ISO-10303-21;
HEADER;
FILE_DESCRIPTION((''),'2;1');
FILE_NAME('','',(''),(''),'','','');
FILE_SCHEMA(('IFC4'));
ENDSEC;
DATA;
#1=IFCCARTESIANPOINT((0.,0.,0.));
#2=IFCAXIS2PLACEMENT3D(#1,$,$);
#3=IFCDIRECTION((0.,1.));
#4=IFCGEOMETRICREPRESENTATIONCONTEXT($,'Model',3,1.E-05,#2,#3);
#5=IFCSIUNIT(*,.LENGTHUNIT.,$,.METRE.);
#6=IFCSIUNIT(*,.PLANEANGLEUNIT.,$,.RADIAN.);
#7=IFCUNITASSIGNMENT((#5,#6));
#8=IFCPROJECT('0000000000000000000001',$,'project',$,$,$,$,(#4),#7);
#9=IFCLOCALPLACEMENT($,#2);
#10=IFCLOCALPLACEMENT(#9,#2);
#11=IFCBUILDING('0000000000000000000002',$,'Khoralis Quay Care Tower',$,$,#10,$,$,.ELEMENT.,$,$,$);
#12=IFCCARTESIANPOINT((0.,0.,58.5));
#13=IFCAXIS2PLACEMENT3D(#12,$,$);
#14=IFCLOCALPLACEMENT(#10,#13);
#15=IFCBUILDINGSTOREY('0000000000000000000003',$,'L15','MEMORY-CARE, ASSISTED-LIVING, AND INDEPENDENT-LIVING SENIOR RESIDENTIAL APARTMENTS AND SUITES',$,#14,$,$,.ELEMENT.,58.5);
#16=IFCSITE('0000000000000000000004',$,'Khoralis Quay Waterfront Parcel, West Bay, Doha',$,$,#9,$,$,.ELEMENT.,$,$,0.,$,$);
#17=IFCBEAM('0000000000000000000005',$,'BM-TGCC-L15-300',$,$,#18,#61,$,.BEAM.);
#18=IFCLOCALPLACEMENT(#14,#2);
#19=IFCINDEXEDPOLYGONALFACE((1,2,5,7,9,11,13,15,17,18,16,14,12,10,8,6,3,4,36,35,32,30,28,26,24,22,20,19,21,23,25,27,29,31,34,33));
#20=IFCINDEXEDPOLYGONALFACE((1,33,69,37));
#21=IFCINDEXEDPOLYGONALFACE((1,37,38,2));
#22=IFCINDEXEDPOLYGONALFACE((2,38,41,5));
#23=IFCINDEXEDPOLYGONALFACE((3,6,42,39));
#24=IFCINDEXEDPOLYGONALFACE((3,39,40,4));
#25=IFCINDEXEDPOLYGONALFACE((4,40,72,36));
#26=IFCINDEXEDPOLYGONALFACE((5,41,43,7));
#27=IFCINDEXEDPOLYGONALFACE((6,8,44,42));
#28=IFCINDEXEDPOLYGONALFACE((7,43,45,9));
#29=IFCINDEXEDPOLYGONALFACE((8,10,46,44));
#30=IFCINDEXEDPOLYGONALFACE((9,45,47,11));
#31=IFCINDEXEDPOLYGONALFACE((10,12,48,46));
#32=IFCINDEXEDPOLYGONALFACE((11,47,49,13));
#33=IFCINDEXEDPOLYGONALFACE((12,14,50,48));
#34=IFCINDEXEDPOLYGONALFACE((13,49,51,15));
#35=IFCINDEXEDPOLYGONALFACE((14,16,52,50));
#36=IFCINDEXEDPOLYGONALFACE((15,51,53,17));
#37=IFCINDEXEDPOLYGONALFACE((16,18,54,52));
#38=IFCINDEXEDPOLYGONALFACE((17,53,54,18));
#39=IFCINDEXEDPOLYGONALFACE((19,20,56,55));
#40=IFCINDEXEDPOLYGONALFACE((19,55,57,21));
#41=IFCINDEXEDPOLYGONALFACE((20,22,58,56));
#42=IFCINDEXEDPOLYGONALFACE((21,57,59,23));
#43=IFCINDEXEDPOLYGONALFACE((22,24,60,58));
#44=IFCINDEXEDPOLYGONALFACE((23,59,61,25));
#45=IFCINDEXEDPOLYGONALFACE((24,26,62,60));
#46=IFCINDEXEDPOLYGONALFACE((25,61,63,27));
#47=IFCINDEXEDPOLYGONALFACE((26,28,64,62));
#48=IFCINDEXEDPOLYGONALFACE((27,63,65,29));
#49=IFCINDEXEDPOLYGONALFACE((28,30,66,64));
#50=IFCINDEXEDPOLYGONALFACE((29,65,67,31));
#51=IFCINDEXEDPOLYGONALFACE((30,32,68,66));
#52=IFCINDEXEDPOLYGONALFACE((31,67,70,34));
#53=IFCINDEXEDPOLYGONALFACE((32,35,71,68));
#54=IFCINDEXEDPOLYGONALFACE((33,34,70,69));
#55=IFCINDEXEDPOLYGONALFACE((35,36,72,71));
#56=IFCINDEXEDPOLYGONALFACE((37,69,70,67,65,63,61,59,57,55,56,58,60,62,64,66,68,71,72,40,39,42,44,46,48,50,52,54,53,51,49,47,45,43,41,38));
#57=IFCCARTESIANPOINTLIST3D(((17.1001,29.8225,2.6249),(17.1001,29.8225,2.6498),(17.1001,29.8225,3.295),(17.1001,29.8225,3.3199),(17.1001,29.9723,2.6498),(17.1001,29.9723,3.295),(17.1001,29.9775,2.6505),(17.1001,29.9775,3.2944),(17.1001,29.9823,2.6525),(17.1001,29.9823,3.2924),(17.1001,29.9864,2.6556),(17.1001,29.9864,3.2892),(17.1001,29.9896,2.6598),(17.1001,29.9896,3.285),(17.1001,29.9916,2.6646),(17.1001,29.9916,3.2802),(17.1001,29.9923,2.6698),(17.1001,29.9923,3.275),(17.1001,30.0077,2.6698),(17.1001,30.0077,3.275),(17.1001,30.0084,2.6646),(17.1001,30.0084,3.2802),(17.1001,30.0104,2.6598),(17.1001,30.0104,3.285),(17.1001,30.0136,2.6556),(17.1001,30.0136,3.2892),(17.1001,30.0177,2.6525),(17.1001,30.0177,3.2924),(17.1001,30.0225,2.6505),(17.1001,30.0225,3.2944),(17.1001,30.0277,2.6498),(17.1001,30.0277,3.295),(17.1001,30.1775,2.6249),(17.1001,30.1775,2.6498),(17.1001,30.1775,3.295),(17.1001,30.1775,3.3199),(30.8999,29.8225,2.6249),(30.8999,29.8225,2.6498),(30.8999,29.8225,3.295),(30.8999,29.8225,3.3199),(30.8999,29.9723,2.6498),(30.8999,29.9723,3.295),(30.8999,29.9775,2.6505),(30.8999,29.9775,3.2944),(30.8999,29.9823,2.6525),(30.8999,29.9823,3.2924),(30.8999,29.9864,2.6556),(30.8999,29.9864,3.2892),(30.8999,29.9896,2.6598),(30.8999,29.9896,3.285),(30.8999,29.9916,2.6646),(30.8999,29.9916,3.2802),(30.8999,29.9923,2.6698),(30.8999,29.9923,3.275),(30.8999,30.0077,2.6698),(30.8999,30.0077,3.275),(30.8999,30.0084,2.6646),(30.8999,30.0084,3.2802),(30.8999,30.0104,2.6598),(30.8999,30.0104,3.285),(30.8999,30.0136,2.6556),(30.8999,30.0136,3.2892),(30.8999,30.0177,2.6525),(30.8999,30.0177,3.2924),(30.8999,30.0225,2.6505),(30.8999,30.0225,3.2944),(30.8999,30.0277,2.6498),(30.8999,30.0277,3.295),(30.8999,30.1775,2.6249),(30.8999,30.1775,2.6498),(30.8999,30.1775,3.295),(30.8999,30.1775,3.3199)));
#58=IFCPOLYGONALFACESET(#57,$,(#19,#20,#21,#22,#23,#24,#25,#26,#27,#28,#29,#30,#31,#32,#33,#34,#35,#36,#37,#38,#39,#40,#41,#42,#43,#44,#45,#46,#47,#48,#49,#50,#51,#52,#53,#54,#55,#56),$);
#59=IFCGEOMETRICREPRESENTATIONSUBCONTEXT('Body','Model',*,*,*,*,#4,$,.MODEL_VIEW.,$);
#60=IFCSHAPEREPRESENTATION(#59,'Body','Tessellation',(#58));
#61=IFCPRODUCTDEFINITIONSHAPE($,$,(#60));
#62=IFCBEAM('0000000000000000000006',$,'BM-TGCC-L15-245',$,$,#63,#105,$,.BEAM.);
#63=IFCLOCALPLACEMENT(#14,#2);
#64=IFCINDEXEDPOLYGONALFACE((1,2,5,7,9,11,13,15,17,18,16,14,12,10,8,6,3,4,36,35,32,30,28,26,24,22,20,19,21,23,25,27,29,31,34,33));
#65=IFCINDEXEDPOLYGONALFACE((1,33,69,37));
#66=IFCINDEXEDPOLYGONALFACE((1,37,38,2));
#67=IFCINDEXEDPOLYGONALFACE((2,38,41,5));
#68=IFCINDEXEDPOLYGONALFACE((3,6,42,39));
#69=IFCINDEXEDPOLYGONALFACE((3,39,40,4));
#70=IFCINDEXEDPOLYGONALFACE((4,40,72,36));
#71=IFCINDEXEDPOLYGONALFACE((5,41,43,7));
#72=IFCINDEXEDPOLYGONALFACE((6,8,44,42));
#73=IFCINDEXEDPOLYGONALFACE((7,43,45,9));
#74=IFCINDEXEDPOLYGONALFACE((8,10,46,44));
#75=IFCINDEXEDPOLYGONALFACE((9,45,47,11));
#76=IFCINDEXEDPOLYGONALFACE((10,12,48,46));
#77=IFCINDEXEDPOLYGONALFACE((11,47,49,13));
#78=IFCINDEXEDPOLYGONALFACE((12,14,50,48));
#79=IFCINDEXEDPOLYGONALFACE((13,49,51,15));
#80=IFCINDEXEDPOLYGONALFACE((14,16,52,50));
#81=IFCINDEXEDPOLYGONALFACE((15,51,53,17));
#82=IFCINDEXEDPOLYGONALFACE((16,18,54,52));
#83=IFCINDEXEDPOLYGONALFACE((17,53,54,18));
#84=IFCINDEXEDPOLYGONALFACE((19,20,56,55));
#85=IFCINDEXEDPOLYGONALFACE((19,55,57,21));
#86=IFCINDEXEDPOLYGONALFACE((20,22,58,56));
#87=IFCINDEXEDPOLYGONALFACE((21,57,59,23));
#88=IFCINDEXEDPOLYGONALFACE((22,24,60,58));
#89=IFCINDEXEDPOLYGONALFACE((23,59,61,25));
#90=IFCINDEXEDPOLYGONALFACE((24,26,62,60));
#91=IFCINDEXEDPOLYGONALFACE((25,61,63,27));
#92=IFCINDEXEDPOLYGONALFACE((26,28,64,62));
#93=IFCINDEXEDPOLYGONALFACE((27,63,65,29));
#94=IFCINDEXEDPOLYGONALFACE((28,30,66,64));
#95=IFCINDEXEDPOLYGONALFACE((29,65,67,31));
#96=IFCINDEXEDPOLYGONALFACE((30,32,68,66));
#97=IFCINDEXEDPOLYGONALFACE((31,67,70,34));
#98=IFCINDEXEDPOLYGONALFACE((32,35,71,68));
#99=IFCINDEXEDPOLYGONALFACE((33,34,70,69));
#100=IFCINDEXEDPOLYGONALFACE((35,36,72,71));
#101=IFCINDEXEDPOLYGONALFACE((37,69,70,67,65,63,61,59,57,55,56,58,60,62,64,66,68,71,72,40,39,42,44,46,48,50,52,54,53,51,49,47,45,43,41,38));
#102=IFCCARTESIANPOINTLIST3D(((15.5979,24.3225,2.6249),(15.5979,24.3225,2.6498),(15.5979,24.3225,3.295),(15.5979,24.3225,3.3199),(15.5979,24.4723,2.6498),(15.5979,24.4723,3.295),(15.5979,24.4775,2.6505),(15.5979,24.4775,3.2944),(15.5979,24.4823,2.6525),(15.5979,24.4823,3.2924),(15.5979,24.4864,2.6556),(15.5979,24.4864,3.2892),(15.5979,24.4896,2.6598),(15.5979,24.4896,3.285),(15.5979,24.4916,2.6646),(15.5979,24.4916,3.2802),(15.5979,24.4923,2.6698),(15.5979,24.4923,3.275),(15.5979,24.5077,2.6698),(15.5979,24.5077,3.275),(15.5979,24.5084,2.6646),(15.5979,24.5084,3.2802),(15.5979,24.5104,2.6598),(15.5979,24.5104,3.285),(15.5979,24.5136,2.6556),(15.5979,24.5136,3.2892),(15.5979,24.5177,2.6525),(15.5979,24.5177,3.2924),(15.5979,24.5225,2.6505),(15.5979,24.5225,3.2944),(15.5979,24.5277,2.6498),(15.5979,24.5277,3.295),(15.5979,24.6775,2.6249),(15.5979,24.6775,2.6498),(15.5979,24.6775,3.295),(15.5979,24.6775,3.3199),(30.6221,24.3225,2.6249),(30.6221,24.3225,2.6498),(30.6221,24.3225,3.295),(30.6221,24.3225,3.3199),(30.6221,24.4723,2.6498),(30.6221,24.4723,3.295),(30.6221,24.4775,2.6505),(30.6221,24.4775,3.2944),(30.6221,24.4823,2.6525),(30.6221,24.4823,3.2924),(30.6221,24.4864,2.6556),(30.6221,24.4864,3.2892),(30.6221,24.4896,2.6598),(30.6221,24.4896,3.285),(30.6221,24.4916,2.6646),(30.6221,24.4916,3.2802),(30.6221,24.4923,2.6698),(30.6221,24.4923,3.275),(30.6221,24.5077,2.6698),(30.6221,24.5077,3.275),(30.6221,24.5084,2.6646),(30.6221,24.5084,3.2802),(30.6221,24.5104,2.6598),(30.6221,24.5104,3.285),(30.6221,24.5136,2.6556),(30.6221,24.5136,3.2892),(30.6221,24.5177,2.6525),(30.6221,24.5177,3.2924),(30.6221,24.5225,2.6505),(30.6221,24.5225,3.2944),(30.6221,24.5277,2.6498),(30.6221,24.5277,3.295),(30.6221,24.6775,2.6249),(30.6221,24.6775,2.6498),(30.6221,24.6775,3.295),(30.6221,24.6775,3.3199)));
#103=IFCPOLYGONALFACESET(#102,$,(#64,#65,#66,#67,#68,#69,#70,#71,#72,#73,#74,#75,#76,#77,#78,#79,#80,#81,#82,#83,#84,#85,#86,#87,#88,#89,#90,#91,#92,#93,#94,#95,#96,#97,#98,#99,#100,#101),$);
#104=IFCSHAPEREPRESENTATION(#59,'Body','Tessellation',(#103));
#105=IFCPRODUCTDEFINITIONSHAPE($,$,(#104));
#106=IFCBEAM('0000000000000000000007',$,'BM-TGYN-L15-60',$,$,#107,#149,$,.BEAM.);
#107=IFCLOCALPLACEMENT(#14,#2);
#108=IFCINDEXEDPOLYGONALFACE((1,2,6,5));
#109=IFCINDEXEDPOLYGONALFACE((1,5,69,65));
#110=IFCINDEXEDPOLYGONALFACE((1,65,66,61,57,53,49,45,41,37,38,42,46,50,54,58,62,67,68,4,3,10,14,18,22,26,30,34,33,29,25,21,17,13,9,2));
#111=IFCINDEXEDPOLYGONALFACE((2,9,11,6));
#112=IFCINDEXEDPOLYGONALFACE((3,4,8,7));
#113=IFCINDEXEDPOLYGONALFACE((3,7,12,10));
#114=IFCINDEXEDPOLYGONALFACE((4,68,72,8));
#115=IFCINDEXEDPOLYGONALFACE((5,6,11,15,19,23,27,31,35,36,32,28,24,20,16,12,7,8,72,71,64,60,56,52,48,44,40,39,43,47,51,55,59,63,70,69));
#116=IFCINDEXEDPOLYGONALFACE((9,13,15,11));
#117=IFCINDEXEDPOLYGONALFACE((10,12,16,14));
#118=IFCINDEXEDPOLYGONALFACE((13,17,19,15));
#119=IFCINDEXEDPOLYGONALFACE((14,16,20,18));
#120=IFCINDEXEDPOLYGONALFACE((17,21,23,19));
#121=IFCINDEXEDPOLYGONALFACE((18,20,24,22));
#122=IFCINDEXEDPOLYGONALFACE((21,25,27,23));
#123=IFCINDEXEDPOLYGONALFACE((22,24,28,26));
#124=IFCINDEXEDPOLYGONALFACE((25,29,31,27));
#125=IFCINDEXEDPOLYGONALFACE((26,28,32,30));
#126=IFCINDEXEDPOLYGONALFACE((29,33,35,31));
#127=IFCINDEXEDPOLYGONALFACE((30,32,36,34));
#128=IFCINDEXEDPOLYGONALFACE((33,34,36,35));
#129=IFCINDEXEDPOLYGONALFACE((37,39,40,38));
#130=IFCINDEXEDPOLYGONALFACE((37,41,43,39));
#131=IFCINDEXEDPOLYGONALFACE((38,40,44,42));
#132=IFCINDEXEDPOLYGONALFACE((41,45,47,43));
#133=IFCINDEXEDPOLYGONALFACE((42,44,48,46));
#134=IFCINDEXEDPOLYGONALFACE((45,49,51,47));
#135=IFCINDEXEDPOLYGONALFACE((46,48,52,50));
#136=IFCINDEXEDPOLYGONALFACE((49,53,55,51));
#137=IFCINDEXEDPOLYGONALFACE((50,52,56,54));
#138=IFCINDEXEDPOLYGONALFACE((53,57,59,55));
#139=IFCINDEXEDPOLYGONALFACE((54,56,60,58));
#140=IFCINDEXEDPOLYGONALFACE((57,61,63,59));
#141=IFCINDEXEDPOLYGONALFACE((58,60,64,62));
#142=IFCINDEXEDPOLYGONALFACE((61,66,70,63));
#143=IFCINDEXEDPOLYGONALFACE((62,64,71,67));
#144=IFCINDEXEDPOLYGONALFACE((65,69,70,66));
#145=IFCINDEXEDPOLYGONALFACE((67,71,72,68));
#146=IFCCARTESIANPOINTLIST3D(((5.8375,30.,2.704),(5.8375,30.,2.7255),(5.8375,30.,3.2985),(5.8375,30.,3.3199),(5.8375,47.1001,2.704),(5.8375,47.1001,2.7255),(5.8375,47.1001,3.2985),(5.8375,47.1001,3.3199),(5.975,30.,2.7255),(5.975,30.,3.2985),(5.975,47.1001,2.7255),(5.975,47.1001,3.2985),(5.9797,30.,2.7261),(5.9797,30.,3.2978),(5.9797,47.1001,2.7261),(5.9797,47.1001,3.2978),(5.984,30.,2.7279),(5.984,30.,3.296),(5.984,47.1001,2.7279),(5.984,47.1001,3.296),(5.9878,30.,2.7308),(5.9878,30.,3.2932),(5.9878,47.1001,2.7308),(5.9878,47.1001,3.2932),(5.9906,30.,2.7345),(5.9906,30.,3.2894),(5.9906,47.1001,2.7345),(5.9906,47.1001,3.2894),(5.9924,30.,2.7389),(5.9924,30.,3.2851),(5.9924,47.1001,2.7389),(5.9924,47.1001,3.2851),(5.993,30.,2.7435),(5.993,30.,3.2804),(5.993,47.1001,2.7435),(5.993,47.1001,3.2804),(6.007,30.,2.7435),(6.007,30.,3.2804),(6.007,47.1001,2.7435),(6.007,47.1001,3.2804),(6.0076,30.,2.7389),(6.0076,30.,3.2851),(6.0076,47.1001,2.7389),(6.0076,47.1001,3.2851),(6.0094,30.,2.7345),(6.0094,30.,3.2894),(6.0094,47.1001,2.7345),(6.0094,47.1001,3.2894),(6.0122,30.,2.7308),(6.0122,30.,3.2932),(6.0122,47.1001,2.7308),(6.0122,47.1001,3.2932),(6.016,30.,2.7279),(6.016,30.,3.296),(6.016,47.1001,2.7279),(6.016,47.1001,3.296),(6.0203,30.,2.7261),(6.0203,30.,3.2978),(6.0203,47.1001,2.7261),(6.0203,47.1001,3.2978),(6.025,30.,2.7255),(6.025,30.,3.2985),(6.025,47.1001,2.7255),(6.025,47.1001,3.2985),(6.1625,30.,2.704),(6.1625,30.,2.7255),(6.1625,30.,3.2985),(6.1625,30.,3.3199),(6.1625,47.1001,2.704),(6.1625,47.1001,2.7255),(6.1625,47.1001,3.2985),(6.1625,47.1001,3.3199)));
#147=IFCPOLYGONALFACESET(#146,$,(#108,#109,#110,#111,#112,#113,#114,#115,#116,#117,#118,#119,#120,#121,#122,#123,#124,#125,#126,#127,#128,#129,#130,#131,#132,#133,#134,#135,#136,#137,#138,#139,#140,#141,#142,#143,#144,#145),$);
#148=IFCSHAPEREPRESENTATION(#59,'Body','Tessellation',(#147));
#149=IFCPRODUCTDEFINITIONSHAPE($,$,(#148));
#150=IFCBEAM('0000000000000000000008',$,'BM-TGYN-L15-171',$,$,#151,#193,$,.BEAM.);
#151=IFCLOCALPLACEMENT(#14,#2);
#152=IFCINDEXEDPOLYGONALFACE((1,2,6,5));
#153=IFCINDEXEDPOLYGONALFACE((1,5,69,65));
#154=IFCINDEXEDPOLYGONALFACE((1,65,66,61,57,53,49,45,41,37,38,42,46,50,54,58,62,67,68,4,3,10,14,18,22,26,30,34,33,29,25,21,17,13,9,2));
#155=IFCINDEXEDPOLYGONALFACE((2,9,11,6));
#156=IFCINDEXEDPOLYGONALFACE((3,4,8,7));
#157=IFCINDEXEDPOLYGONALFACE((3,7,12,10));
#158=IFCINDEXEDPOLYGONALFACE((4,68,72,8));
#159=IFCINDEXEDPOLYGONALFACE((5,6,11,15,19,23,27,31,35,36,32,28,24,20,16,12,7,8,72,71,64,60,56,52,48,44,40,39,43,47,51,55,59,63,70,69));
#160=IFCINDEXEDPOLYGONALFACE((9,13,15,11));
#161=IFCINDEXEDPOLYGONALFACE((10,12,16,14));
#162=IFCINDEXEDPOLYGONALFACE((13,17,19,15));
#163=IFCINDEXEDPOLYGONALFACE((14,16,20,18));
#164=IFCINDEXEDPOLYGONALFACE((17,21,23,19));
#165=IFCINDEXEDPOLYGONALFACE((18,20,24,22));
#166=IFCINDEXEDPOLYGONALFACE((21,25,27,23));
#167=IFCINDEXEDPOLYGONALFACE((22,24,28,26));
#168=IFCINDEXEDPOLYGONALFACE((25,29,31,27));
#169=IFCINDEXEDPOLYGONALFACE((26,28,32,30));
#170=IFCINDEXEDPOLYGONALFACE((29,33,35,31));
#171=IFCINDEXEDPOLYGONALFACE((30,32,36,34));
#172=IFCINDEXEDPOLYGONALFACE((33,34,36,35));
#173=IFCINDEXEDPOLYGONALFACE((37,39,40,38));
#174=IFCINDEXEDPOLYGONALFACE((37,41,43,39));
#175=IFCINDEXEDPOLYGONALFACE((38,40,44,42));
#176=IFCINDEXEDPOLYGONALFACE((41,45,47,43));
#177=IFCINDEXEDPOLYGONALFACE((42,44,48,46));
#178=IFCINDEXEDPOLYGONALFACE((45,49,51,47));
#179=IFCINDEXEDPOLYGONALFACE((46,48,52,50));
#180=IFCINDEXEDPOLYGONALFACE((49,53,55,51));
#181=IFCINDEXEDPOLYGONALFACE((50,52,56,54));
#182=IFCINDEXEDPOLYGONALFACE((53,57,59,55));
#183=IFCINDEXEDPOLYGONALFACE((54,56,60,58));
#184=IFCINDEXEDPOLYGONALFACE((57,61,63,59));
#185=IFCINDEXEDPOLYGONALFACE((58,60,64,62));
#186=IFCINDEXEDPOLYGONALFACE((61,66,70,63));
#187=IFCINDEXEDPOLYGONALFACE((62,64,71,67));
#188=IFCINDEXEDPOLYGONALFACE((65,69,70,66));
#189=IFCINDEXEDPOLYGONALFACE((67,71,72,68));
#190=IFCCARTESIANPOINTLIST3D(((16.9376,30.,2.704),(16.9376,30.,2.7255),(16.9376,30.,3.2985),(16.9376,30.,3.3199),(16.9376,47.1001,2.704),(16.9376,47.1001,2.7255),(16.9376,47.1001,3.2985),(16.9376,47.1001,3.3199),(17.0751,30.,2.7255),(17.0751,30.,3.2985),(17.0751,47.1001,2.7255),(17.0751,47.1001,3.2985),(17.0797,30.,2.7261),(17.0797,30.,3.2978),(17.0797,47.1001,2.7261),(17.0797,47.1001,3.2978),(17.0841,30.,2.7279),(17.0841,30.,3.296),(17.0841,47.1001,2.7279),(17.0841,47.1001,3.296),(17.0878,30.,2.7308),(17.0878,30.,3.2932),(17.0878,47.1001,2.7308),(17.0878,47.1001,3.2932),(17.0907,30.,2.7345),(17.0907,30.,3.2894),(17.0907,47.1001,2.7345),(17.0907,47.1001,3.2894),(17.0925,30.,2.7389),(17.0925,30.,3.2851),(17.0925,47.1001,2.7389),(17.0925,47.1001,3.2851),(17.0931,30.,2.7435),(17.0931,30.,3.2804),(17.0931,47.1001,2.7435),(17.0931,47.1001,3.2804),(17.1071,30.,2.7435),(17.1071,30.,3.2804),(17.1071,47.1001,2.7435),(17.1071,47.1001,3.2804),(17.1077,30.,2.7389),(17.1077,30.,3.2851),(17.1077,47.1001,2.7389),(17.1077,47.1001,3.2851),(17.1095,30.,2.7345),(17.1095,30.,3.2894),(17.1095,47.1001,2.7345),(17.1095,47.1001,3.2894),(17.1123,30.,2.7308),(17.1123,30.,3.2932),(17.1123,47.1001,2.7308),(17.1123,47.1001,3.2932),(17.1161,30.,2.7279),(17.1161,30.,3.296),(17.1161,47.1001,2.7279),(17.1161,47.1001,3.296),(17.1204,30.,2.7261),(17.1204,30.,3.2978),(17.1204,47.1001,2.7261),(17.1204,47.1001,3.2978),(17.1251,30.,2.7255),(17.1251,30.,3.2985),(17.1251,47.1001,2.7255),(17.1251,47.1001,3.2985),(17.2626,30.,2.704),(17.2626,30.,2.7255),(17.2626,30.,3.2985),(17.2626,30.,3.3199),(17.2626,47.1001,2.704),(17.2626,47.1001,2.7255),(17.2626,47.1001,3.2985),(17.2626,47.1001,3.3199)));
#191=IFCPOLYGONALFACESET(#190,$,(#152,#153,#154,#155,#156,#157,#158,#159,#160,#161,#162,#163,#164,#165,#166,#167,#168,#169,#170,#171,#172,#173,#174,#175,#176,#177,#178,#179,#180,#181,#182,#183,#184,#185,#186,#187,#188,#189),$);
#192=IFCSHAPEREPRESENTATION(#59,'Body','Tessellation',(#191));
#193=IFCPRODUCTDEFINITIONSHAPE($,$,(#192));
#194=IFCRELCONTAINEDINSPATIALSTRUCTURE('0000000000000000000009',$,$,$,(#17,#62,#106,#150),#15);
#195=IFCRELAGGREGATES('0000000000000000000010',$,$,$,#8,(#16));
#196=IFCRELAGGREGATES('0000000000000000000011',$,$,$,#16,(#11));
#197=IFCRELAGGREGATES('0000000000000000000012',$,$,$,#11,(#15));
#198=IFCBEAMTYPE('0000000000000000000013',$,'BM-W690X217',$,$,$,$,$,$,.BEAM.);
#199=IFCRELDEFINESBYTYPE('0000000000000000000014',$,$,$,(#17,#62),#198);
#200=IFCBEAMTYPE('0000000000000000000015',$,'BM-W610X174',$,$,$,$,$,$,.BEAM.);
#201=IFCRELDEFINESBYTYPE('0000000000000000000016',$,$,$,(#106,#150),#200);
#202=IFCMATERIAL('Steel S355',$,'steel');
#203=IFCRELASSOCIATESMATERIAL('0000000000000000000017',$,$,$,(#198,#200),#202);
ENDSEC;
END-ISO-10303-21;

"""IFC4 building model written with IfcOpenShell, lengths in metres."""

from ifc_helpers import new_model, si_unit, direction, frame, origin, origin_2d, place, context, subcontext, project, spatial, i_section, extrude, source, transform, mapped, material, material_profile, profile_set, type_object, element, save


model = new_model("IFC4")

# Units and contexts
model_context = context("Model", 3, precision=1e-05, world=origin(), true_north=direction((0.0, 1.0)))
body_context = subcontext(model_context, "Body", "Model", "MODEL_VIEW")
ifc_project = project(units=[si_unit("LENGTHUNIT", "METRE"), si_unit("PLANEANGLEUNIT", "RADIAN")], contexts=[model_context])

# Site, building, storey
site_placement = place(None, origin())
site = spatial("IfcSite", under=ifc_project, at=site_placement, Name="Khoralis Quay Waterfront Parcel, West Bay, Doha", CompositionType="ELEMENT", RefElevation=0.0)
building_placement = place(site_placement, origin())
building = spatial("IfcBuilding", under=site, at=building_placement, Name="Khoralis Quay Care Tower", CompositionType="ELEMENT")
storey_placement = place(building_placement, frame((0.0, 0.0, 58.5)))
storey = spatial("IfcBuildingStorey", under=building, at=storey_placement, Name="L15", Description="MEMORY-CARE, ASSISTED-LIVING, AND INDEPENDENT-LIVING SENIOR RESIDENTIAL APARTMENTS AND SUITES", CompositionType="ELEMENT", Elevation=58.5)

# Beams
ifc_material_1 = material(Name="Steel S355", Category="steel")
ifc_material_profile_1 = material_profile(ifc_material_1, i_section(OverallWidth=0.355, OverallDepth=0.6951, WebThickness=0.0154, FlangeThickness=0.0249, FilletRadius=0.02, at=origin_2d()), Name="Steel S355")
ifc_profile_set_1 = profile_set([ifc_material_profile_1], Name="Steel S355")
beam_type_1 = type_object("IfcBeamType", Name="BM-W690X217", PredefinedType="BEAM", material=ifc_profile_set_1)
shared_shape_1 = source(origin(), body_context, "Body", "SweptSolid", [
    extrude(i_section(OverallWidth=0.355, OverallDepth=0.6951, WebThickness=0.0154, FlangeThickness=0.0249, FilletRadius=0.02, at=origin_2d()), origin(), (0.0, 0.0, 1.0), 13.7998),
])
beam_1_placement = place(storey_placement, frame((17.1001, 30.0, 2.9724), z_axis=(1.0, 0.0, 0.0), x_axis=(0.0, 1.0, 0.0)))
element("IfcBeam", 1, at=beam_1_placement, inside=storey, type_object=beam_type_1, Name="BM-TGCC-L15-300", PredefinedType="BEAM", context=body_context, shape_type="MappedRepresentation", body=[
    mapped(shared_shape_1, transform((0.0, 0.0, 0.0), scale=1.0)),
])
shared_shape_2 = source(origin(), body_context, "Body", "SweptSolid", [
    extrude(i_section(OverallWidth=0.355, OverallDepth=0.6951, WebThickness=0.0154, FlangeThickness=0.0249, FilletRadius=0.02, at=origin_2d()), origin(), (0.0, 0.0, 1.0), 15.0242),
])
beam_2_placement = place(storey_placement, frame((15.5979, 24.5, 2.9724), z_axis=(1.0, 0.0, 0.0), x_axis=(0.0, 1.0, 0.0)))
element("IfcBeam", 2, at=beam_2_placement, inside=storey, type_object=beam_type_1, Name="BM-TGCC-L15-245", PredefinedType="BEAM", context=body_context, shape_type="MappedRepresentation", body=[
    mapped(shared_shape_2, transform((0.0, 0.0, 0.0), scale=1.0)),
])
ifc_material_profile_2 = material_profile(ifc_material_1, i_section(OverallWidth=0.325, OverallDepth=0.616, WebThickness=0.0139, FlangeThickness=0.0215, FilletRadius=0.0181, at=origin_2d()), Name="Steel S355")
ifc_profile_set_2 = profile_set([ifc_material_profile_2], Name="Steel S355")
beam_type_2 = type_object("IfcBeamType", Name="BM-W610X174", PredefinedType="BEAM", material=ifc_profile_set_2)
shared_shape_3 = source(origin(), body_context, "Body", "SweptSolid", [
    extrude(i_section(OverallWidth=0.325, OverallDepth=0.616, WebThickness=0.0139, FlangeThickness=0.0215, FilletRadius=0.0181, at=origin_2d()), origin(), (0.0, 0.0, 1.0), 17.1001),
])
for number, where, z_axis, x_axis, name in (
    (3, (6.0, 30.0, 3.012), (0.0, 1.0, 0.0), (-1.0, 0.0, 0.0), "BM-TGYN-L15-60"),
    (4, (17.1001, 30.0, 3.012), (0.0, 1.0, 0.0), (-1.0, 0.0, 0.0), "BM-TGYN-L15-171"),
):
    element("IfcBeam", number, at=place(storey_placement, frame(where, z_axis=z_axis, x_axis=x_axis)), inside=storey, type_object=beam_type_2, Name=name, PredefinedType="BEAM", context=body_context, shape_type="MappedRepresentation", body=[
        mapped(shared_shape_3, transform((0.0, 0.0, 0.0), scale=1.0)),
    ])

save(model, "model.ifc")
